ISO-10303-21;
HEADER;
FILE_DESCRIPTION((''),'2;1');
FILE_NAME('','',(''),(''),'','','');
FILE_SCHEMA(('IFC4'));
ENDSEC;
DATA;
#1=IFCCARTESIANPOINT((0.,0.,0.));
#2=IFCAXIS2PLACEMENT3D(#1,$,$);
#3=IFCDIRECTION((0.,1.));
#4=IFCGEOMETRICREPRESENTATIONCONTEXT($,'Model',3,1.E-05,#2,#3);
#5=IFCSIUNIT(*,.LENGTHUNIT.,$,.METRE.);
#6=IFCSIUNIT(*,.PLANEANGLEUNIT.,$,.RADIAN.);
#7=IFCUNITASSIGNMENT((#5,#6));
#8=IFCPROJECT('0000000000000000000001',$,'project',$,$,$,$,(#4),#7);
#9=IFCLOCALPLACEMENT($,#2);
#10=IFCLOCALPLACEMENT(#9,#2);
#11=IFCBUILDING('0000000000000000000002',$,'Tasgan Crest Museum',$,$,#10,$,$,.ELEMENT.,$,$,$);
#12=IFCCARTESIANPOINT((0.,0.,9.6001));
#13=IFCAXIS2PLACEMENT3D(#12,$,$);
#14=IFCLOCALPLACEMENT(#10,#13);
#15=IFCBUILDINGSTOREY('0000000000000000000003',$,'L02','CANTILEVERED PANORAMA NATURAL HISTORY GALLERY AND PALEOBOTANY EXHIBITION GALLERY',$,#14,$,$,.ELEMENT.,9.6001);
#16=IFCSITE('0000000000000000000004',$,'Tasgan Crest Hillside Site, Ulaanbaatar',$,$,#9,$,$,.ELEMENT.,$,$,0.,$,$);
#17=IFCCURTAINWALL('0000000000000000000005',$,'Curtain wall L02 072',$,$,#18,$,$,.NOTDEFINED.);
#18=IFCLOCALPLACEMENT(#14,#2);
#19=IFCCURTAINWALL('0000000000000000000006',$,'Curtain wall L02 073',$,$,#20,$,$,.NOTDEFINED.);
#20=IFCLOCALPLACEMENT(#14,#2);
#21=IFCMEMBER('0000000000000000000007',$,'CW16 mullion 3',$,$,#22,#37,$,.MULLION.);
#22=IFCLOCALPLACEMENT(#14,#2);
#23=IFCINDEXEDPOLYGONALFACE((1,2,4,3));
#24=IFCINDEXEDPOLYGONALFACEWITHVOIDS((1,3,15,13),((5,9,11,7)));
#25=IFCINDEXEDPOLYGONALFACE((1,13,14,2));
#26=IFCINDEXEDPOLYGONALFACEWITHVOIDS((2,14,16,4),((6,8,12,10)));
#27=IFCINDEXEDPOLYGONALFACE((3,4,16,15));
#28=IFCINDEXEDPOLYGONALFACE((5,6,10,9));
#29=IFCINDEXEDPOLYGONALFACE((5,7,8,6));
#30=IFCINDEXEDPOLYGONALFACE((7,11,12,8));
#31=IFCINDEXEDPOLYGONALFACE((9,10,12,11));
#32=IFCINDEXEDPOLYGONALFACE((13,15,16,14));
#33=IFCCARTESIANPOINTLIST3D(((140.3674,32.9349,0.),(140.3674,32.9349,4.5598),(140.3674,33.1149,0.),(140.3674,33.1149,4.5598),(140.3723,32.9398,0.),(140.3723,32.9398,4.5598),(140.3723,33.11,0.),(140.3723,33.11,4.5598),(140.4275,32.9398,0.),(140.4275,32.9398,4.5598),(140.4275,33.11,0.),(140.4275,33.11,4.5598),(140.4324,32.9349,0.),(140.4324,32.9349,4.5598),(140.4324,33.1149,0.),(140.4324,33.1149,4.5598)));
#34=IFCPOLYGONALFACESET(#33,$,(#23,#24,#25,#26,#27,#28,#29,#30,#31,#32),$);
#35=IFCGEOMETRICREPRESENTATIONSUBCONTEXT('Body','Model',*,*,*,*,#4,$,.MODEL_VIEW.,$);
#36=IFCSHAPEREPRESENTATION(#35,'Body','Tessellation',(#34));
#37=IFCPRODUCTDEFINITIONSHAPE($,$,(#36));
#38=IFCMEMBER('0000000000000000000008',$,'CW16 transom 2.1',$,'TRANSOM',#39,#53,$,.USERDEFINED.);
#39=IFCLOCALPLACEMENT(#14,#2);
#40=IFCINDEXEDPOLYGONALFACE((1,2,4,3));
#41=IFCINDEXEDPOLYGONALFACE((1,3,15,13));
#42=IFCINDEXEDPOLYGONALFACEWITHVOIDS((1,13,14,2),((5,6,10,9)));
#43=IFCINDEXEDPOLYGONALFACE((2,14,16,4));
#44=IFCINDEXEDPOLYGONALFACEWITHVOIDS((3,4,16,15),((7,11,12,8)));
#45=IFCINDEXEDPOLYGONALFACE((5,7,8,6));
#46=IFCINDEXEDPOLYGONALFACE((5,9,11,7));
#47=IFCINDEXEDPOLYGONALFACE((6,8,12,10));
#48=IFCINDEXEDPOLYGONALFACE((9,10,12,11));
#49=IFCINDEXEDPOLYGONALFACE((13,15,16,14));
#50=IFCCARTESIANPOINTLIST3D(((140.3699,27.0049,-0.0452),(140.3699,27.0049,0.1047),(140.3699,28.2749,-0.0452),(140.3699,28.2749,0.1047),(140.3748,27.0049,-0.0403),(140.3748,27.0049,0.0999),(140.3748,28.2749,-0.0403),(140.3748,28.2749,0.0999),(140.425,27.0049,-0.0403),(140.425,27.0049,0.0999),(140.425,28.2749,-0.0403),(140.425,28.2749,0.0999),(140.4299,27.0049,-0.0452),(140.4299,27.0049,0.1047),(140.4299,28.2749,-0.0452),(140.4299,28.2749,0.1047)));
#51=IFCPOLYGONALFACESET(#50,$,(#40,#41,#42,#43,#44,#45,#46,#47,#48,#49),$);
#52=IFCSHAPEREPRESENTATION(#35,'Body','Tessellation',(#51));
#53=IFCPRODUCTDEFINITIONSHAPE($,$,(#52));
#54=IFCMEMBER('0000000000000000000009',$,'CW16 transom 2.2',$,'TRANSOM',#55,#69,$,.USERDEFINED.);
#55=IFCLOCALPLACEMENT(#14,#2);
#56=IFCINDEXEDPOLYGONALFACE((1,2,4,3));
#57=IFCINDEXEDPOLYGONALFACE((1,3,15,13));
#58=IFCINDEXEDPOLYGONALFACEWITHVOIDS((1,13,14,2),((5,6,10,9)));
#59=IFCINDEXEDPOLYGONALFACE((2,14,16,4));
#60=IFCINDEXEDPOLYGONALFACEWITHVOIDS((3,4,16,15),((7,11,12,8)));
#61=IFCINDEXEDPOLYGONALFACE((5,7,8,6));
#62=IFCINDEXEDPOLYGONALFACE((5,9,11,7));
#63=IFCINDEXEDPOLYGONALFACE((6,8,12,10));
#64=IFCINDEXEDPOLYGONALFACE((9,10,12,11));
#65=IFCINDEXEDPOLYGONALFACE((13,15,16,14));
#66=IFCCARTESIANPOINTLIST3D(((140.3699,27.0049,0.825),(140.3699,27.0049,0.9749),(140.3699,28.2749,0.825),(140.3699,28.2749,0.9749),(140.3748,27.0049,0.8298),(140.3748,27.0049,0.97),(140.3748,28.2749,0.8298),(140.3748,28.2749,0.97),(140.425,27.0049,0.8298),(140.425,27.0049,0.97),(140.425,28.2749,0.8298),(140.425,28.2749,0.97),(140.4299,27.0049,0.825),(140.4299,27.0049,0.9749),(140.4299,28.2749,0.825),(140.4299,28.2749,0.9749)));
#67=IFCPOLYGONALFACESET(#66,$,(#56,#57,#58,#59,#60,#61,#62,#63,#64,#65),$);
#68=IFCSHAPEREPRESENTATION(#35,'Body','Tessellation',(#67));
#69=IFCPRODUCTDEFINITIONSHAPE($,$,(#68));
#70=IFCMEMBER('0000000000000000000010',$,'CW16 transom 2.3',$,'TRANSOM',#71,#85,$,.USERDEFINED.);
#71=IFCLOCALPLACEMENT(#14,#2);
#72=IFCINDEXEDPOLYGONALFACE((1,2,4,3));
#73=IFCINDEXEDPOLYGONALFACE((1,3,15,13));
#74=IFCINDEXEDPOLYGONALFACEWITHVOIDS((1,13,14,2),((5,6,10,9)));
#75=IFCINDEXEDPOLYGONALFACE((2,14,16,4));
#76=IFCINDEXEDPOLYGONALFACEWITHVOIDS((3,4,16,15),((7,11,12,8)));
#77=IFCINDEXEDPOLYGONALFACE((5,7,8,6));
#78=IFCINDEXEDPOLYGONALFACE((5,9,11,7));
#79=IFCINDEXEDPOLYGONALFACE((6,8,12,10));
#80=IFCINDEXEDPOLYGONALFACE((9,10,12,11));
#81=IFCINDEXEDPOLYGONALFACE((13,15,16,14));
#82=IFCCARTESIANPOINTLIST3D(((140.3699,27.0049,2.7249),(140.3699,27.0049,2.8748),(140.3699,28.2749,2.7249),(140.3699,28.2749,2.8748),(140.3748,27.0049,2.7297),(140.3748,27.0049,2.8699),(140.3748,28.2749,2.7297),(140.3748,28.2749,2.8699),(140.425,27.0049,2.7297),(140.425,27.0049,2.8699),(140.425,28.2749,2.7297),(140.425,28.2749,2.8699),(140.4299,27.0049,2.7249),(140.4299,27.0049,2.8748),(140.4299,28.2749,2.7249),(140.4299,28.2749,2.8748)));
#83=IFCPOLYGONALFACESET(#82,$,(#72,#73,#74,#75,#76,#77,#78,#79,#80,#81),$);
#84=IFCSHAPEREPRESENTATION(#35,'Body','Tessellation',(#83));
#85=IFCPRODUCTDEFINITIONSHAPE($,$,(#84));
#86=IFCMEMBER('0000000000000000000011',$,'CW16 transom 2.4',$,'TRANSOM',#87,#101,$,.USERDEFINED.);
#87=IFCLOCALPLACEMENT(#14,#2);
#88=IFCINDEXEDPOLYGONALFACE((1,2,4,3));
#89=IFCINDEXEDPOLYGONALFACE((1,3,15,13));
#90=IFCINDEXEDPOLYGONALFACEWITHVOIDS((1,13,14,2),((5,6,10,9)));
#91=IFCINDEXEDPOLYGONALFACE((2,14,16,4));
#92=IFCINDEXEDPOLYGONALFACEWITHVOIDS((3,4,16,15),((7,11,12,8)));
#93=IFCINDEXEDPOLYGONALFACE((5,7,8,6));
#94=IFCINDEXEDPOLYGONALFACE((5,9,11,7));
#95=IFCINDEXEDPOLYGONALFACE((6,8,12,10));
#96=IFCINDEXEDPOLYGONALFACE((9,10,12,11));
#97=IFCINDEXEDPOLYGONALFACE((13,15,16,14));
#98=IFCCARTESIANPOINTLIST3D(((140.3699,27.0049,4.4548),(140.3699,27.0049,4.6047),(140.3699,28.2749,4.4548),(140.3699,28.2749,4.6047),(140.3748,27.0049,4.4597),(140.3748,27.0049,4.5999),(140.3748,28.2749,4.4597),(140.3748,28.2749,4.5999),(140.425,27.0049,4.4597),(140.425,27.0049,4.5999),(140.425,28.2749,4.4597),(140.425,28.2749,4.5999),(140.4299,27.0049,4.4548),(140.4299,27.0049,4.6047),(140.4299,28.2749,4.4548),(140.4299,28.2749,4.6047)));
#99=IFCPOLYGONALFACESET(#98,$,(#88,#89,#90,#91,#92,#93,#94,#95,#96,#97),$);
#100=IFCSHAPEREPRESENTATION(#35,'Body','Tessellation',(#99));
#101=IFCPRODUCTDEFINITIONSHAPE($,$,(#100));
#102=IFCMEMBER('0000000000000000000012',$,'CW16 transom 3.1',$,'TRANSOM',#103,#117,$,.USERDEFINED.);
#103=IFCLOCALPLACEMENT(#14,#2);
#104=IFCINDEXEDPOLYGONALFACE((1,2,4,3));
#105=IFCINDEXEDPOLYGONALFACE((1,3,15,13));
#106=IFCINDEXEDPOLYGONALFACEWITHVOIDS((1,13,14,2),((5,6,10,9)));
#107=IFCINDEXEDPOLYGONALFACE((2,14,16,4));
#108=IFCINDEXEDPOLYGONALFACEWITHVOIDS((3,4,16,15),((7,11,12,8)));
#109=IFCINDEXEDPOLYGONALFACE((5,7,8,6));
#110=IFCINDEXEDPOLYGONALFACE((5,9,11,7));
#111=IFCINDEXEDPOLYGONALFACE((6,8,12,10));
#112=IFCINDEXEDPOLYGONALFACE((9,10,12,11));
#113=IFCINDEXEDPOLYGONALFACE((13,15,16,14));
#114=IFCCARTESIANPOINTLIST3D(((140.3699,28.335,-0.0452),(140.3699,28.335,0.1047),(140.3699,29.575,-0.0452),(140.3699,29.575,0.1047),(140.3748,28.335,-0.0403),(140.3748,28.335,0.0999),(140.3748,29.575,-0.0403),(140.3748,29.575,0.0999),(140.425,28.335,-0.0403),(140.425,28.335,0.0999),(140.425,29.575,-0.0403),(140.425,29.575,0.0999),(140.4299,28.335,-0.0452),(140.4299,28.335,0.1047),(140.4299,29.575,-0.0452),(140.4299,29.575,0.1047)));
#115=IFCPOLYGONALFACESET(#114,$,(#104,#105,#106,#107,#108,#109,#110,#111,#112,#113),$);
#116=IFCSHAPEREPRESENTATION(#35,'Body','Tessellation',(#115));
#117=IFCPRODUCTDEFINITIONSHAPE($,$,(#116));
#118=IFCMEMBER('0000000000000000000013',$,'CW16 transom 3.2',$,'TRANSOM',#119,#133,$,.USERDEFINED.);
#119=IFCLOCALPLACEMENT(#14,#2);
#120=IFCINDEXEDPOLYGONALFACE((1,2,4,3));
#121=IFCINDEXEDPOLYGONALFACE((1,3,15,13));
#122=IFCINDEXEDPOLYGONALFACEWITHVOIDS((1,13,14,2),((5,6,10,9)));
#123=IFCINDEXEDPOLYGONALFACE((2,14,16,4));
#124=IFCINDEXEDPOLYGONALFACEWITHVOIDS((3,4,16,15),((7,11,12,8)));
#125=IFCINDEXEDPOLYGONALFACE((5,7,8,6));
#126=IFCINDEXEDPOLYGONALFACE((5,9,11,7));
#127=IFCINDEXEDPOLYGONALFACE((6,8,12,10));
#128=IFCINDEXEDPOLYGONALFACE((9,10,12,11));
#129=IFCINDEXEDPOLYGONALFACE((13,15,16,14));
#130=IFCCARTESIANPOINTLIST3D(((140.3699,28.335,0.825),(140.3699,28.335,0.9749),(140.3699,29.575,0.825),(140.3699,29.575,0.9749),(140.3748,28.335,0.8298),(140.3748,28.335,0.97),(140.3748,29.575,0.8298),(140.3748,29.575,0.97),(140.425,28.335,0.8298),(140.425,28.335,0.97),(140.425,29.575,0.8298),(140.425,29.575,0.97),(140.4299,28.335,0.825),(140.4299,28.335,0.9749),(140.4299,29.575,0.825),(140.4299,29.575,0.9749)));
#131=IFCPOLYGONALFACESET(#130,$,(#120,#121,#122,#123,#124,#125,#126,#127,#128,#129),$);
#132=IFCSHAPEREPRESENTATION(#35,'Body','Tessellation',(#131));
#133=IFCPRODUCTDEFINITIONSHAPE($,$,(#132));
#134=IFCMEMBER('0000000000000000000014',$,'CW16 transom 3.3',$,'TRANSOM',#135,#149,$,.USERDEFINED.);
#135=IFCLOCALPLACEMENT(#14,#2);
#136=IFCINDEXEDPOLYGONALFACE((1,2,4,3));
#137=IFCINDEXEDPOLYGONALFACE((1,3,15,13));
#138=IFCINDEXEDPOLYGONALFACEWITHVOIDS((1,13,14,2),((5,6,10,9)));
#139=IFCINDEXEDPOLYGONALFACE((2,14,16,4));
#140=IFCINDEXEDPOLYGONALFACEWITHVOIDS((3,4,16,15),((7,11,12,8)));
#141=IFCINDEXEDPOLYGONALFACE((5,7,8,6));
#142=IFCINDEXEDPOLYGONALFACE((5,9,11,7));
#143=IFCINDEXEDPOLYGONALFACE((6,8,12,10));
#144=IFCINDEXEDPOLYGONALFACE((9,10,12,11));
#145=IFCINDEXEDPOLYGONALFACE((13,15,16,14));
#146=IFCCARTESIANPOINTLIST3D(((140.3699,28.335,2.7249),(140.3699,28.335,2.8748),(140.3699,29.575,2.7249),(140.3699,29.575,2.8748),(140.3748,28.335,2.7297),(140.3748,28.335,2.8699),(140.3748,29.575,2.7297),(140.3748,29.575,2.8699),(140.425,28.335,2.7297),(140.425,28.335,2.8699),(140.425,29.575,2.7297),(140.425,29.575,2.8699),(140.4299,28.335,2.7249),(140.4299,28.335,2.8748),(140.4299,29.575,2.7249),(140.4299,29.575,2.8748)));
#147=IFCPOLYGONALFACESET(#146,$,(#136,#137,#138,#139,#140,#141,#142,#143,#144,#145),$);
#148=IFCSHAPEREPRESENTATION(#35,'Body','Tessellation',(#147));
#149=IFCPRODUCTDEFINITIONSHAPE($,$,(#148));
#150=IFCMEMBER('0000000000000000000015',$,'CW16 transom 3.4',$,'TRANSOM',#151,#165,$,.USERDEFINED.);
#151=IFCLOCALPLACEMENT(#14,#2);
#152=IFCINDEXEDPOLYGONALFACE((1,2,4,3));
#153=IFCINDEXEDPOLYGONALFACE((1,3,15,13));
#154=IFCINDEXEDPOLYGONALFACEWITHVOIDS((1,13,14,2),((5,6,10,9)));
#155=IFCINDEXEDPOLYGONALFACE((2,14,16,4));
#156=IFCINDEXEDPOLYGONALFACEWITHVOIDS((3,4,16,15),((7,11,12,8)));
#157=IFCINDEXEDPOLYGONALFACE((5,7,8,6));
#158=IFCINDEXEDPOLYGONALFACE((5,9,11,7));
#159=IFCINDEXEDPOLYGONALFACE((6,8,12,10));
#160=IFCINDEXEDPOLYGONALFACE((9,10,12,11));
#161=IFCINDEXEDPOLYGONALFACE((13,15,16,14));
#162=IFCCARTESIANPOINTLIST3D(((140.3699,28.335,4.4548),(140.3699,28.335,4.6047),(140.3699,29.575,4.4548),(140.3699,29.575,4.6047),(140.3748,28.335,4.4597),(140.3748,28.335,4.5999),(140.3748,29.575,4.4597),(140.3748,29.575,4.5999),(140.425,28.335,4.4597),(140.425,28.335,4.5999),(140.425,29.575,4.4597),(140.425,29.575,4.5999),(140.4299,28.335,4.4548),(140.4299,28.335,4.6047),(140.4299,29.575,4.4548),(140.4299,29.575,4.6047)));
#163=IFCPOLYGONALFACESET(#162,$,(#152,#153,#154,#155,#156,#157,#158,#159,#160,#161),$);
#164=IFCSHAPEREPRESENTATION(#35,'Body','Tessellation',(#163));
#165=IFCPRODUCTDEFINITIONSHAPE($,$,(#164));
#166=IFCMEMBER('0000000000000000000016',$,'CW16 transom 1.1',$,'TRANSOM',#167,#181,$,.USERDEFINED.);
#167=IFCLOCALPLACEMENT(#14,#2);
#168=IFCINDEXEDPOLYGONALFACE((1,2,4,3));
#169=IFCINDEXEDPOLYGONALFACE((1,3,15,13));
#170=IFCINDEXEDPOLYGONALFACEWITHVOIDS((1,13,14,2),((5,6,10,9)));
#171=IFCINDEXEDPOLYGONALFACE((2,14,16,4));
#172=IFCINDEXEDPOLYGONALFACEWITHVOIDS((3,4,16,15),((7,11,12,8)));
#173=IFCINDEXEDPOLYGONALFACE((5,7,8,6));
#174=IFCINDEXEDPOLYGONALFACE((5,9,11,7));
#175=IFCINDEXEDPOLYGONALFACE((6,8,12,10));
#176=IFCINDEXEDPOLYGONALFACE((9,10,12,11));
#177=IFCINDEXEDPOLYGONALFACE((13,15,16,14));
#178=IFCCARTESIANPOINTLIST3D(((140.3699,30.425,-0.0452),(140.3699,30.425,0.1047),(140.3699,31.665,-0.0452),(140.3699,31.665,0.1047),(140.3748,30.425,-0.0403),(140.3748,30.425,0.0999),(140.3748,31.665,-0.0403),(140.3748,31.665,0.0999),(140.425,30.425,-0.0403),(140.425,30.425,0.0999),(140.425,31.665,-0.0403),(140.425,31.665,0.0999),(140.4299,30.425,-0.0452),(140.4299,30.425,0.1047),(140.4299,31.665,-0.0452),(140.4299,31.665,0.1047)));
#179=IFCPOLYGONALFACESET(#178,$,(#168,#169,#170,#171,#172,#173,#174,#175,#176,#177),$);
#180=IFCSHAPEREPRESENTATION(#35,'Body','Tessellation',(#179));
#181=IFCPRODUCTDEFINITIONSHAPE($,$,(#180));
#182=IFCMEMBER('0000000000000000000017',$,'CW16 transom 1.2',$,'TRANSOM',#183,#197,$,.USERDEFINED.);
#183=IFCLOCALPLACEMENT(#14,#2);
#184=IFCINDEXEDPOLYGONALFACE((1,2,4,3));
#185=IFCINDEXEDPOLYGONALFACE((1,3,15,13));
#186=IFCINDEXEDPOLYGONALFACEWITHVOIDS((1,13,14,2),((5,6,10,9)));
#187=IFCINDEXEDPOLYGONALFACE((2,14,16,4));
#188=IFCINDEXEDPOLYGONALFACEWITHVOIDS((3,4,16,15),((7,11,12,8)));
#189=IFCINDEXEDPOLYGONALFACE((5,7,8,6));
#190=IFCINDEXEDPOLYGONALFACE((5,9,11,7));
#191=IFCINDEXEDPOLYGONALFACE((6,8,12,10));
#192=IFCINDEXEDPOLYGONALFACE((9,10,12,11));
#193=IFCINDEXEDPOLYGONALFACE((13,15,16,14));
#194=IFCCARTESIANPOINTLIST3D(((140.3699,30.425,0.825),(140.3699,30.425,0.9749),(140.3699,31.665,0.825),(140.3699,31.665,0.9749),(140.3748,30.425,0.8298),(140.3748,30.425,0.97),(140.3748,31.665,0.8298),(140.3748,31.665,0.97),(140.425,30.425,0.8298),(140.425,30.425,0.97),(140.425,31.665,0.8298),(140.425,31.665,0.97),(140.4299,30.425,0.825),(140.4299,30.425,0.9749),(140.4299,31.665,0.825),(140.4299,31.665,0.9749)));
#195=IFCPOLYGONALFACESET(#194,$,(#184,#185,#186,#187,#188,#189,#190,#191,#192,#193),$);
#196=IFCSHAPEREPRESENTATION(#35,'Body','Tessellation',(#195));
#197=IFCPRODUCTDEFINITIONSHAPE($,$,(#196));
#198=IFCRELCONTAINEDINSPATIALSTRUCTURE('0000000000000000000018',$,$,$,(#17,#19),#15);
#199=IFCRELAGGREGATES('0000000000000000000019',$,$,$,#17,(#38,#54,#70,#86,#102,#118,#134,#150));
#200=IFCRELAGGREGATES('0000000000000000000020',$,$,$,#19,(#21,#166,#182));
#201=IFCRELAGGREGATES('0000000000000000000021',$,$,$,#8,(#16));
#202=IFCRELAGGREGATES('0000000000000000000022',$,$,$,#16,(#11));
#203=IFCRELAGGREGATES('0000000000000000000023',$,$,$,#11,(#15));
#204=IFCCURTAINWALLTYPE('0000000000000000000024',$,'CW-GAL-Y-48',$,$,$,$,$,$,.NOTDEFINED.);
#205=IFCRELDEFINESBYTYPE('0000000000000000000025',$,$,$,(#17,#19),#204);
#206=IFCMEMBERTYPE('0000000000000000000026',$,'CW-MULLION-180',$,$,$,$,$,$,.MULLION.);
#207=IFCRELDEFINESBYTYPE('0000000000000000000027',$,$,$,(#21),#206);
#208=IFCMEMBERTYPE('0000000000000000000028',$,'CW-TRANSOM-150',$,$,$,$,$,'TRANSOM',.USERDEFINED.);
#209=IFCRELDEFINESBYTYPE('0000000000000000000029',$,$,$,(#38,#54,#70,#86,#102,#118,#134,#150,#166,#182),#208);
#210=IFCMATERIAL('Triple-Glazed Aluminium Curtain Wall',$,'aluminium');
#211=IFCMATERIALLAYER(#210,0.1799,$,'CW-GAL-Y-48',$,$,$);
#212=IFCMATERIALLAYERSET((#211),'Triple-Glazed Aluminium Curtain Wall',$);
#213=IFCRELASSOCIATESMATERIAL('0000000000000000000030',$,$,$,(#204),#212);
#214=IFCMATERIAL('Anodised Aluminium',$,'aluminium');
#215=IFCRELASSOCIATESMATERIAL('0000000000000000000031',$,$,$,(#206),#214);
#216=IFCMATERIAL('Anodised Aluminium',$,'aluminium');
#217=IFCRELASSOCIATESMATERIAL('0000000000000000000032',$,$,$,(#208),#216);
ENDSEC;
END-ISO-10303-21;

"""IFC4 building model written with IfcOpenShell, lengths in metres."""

from ifc_helpers import new_model, si_unit, direction, frame, origin, origin_2d, place, context, subcontext, project, spatial, hollow_rectangle, extrude, material, layer, layer_set, material_profile, profile_set, type_object, element, aggregate, save


model = new_model("IFC4")

# Units and contexts
model_context = context("Model", 3, precision=1e-05, world=origin(), true_north=direction((0.0, 1.0)))
body_context = subcontext(model_context, "Body", "Model", "MODEL_VIEW")
ifc_project = project(units=[si_unit("LENGTHUNIT", "METRE"), si_unit("PLANEANGLEUNIT", "RADIAN")], contexts=[model_context])

# Site, building, storey
site_placement = place(None, origin())
site = spatial("IfcSite", under=ifc_project, at=site_placement, Name="Tasgan Crest Hillside Site, Ulaanbaatar", CompositionType="ELEMENT", RefElevation=0.0)
building_placement = place(site_placement, origin())
building = spatial("IfcBuilding", under=site, at=building_placement, Name="Tasgan Crest Museum", CompositionType="ELEMENT")
storey_placement = place(building_placement, frame((0.0, 0.0, 9.6001)))
storey = spatial("IfcBuildingStorey", under=building, at=storey_placement, Name="L02", Description="CANTILEVERED PANORAMA NATURAL HISTORY GALLERY AND PALEOBOTANY EXHIBITION GALLERY", CompositionType="ELEMENT", Elevation=9.6001)

# Curtain walls, member
ifc_material_1 = material(Name="Triple-Glazed Aluminium Curtain Wall", Category="aluminium")
ifc_layer_1 = layer(ifc_material_1, 0.1799, Name="CW-GAL-Y-48")
ifc_layer_set_1 = layer_set([ifc_layer_1], Name="Triple-Glazed Aluminium Curtain Wall")
curtain_wall_type = type_object("IfcCurtainWallType", Name="CW-GAL-Y-48", PredefinedType="NOTDEFINED", material=ifc_layer_set_1)
curtain_wall_1_placement = place(storey_placement, origin())
curtain_wall_1 = element("IfcCurtainWall", 1, at=curtain_wall_1_placement, inside=storey, type_object=curtain_wall_type, Name="Curtain wall L02 072", PredefinedType="NOTDEFINED")
ifc_material_2 = material(Name="Anodised Aluminium", Category="aluminium")
ifc_material_profile_1 = material_profile(ifc_material_2, hollow_rectangle(XDim=0.0649, YDim=0.1799, WallThickness=0.0049, at=origin_2d()), Name="ALU MULLION 180x65x5")
ifc_profile_set_1 = profile_set([ifc_material_profile_1], Name="Anodised Aluminium")
member_type_1 = type_object("IfcMemberType", Name="CW-MULLION-180", PredefinedType="MULLION", material=ifc_profile_set_1)
curtain_wall_2_placement = place(storey_placement, origin())
curtain_wall_2 = element("IfcCurtainWall", 2, at=curtain_wall_2_placement, inside=storey, type_object=curtain_wall_type, Name="Curtain wall L02 073", PredefinedType="NOTDEFINED")
member_1_placement = place(storey_placement, frame((140.3999, 33.0249, 0.0), z_axis=(0.0, 0.0, 1.0), x_axis=(-1.0, 0.0, 0.0)))
member_1 = element("IfcMember", 3, at=member_1_placement, type_object=member_type_1, Name="CW16 mullion 3", PredefinedType="MULLION", context=body_context, shape_type="SweptSolid", body=[
    extrude(hollow_rectangle(XDim=0.0649, YDim=0.1799, WallThickness=0.0049, at=origin_2d()), origin(), (0.0, 0.0, 1.0), 4.5598),
])

# Members
ifc_material_3 = material(Name="Anodised Aluminium", Category="aluminium")
ifc_material_profile_2 = material_profile(ifc_material_3, hollow_rectangle(XDim=0.0601, YDim=0.1499, WallThickness=0.0049, at=origin_2d()), Name="ALU TRANSOM 150x60x5")
ifc_profile_set_2 = profile_set([ifc_material_profile_2], Name="Anodised Aluminium")
member_type_2 = type_object("IfcMemberType", Name="CW-TRANSOM-150", ElementType="TRANSOM", PredefinedType="USERDEFINED", material=ifc_profile_set_2)
member_2_placement = place(storey_placement, frame((140.3999, 27.0049, 0.0298), z_axis=(0.0, 1.0, 0.0), x_axis=(-1.0, 0.0, 0.0)))
member_2 = element("IfcMember", 4, at=member_2_placement, type_object=member_type_2, Name="CW16 transom 2.1", ObjectType="TRANSOM", PredefinedType="USERDEFINED", context=body_context, shape_type="SweptSolid", body=[
    extrude(hollow_rectangle(XDim=0.0601, YDim=0.1499, WallThickness=0.0049, at=origin_2d()), origin(), (0.0, 0.0, 1.0), 1.27),
])
member_3_placement = place(storey_placement, frame((140.3999, 27.0049, 0.8999), z_axis=(0.0, 1.0, 0.0), x_axis=(-1.0, 0.0, 0.0)))
member_3 = element("IfcMember", 5, at=member_3_placement, type_object=member_type_2, Name="CW16 transom 2.2", ObjectType="TRANSOM", PredefinedType="USERDEFINED", context=body_context, shape_type="SweptSolid", body=[
    extrude(hollow_rectangle(XDim=0.0601, YDim=0.1499, WallThickness=0.0049, at=origin_2d()), origin(), (0.0, 0.0, 1.0), 1.27),
])
member_4_placement = place(storey_placement, frame((140.3999, 27.0049, 2.7998), z_axis=(0.0, 1.0, 0.0), x_axis=(-1.0, 0.0, 0.0)))
member_4 = element("IfcMember", 6, at=member_4_placement, type_object=member_type_2, Name="CW16 transom 2.3", ObjectType="TRANSOM", PredefinedType="USERDEFINED", context=body_context, shape_type="SweptSolid", body=[
    extrude(hollow_rectangle(XDim=0.0601, YDim=0.1499, WallThickness=0.0049, at=origin_2d()), origin(), (0.0, 0.0, 1.0), 1.27),
])
member_5_placement = place(storey_placement, frame((140.3999, 27.0049, 4.5298), z_axis=(0.0, 1.0, 0.0), x_axis=(-1.0, 0.0, 0.0)))
member_5 = element("IfcMember", 7, at=member_5_placement, type_object=member_type_2, Name="CW16 transom 2.4", ObjectType="TRANSOM", PredefinedType="USERDEFINED", context=body_context, shape_type="SweptSolid", body=[
    extrude(hollow_rectangle(XDim=0.0601, YDim=0.1499, WallThickness=0.0049, at=origin_2d()), origin(), (0.0, 0.0, 1.0), 1.27),
])
member_6_placement = place(storey_placement, frame((140.3999, 28.335, 0.0298), z_axis=(0.0, 1.0, 0.0), x_axis=(-1.0, 0.0, 0.0)))
member_6 = element("IfcMember", 8, at=member_6_placement, type_object=member_type_2, Name="CW16 transom 3.1", ObjectType="TRANSOM", PredefinedType="USERDEFINED", context=body_context, shape_type="SweptSolid", body=[
    extrude(hollow_rectangle(XDim=0.0601, YDim=0.1499, WallThickness=0.0049, at=origin_2d()), origin(), (0.0, 0.0, 1.0), 1.24),
])
member_7_placement = place(storey_placement, frame((140.3999, 28.335, 0.8999), z_axis=(0.0, 1.0, 0.0), x_axis=(-1.0, 0.0, 0.0)))
member_7 = element("IfcMember", 9, at=member_7_placement, type_object=member_type_2, Name="CW16 transom 3.2", ObjectType="TRANSOM", PredefinedType="USERDEFINED", context=body_context, shape_type="SweptSolid", body=[
    extrude(hollow_rectangle(XDim=0.0601, YDim=0.1499, WallThickness=0.0049, at=origin_2d()), origin(), (0.0, 0.0, 1.0), 1.24),
])
member_8_placement = place(storey_placement, frame((140.3999, 28.335, 2.7998), z_axis=(0.0, 1.0, 0.0), x_axis=(-1.0, 0.0, 0.0)))
member_8 = element("IfcMember", 10, at=member_8_placement, type_object=member_type_2, Name="CW16 transom 3.3", ObjectType="TRANSOM", PredefinedType="USERDEFINED", context=body_context, shape_type="SweptSolid", body=[
    extrude(hollow_rectangle(XDim=0.0601, YDim=0.1499, WallThickness=0.0049, at=origin_2d()), origin(), (0.0, 0.0, 1.0), 1.24),
])
member_9_placement = place(storey_placement, frame((140.3999, 28.335, 4.5298), z_axis=(0.0, 1.0, 0.0), x_axis=(-1.0, 0.0, 0.0)))
member_9 = element("IfcMember", 11, at=member_9_placement, type_object=member_type_2, Name="CW16 transom 3.4", ObjectType="TRANSOM", PredefinedType="USERDEFINED", context=body_context, shape_type="SweptSolid", body=[
    extrude(hollow_rectangle(XDim=0.0601, YDim=0.1499, WallThickness=0.0049, at=origin_2d()), origin(), (0.0, 0.0, 1.0), 1.24),
])
member_10_placement = place(storey_placement, frame((140.3999, 30.425, 0.0298), z_axis=(0.0, 1.0, 0.0), x_axis=(-1.0, 0.0, 0.0)))
member_10 = element("IfcMember", 12, at=member_10_placement, type_object=member_type_2, Name="CW16 transom 1.1", ObjectType="TRANSOM", PredefinedType="USERDEFINED", context=body_context, shape_type="SweptSolid", body=[
    extrude(hollow_rectangle(XDim=0.0601, YDim=0.1499, WallThickness=0.0049, at=origin_2d()), origin(), (0.0, 0.0, 1.0), 1.24),
])
member_11_placement = place(storey_placement, frame((140.3999, 30.425, 0.8999), z_axis=(0.0, 1.0, 0.0), x_axis=(-1.0, 0.0, 0.0)))
member_11 = element("IfcMember", 13, at=member_11_placement, type_object=member_type_2, Name="CW16 transom 1.2", ObjectType="TRANSOM", PredefinedType="USERDEFINED", context=body_context, shape_type="SweptSolid", body=[
    extrude(hollow_rectangle(XDim=0.0601, YDim=0.1499, WallThickness=0.0049, at=origin_2d()), origin(), (0.0, 0.0, 1.0), 1.24),
])

aggregate(curtain_wall_1, [member_2, member_3, member_4, member_5, member_6, member_7, member_8, member_9])
aggregate(curtain_wall_2, [member_1, member_10, member_11])

save(model, "model.ifc")
